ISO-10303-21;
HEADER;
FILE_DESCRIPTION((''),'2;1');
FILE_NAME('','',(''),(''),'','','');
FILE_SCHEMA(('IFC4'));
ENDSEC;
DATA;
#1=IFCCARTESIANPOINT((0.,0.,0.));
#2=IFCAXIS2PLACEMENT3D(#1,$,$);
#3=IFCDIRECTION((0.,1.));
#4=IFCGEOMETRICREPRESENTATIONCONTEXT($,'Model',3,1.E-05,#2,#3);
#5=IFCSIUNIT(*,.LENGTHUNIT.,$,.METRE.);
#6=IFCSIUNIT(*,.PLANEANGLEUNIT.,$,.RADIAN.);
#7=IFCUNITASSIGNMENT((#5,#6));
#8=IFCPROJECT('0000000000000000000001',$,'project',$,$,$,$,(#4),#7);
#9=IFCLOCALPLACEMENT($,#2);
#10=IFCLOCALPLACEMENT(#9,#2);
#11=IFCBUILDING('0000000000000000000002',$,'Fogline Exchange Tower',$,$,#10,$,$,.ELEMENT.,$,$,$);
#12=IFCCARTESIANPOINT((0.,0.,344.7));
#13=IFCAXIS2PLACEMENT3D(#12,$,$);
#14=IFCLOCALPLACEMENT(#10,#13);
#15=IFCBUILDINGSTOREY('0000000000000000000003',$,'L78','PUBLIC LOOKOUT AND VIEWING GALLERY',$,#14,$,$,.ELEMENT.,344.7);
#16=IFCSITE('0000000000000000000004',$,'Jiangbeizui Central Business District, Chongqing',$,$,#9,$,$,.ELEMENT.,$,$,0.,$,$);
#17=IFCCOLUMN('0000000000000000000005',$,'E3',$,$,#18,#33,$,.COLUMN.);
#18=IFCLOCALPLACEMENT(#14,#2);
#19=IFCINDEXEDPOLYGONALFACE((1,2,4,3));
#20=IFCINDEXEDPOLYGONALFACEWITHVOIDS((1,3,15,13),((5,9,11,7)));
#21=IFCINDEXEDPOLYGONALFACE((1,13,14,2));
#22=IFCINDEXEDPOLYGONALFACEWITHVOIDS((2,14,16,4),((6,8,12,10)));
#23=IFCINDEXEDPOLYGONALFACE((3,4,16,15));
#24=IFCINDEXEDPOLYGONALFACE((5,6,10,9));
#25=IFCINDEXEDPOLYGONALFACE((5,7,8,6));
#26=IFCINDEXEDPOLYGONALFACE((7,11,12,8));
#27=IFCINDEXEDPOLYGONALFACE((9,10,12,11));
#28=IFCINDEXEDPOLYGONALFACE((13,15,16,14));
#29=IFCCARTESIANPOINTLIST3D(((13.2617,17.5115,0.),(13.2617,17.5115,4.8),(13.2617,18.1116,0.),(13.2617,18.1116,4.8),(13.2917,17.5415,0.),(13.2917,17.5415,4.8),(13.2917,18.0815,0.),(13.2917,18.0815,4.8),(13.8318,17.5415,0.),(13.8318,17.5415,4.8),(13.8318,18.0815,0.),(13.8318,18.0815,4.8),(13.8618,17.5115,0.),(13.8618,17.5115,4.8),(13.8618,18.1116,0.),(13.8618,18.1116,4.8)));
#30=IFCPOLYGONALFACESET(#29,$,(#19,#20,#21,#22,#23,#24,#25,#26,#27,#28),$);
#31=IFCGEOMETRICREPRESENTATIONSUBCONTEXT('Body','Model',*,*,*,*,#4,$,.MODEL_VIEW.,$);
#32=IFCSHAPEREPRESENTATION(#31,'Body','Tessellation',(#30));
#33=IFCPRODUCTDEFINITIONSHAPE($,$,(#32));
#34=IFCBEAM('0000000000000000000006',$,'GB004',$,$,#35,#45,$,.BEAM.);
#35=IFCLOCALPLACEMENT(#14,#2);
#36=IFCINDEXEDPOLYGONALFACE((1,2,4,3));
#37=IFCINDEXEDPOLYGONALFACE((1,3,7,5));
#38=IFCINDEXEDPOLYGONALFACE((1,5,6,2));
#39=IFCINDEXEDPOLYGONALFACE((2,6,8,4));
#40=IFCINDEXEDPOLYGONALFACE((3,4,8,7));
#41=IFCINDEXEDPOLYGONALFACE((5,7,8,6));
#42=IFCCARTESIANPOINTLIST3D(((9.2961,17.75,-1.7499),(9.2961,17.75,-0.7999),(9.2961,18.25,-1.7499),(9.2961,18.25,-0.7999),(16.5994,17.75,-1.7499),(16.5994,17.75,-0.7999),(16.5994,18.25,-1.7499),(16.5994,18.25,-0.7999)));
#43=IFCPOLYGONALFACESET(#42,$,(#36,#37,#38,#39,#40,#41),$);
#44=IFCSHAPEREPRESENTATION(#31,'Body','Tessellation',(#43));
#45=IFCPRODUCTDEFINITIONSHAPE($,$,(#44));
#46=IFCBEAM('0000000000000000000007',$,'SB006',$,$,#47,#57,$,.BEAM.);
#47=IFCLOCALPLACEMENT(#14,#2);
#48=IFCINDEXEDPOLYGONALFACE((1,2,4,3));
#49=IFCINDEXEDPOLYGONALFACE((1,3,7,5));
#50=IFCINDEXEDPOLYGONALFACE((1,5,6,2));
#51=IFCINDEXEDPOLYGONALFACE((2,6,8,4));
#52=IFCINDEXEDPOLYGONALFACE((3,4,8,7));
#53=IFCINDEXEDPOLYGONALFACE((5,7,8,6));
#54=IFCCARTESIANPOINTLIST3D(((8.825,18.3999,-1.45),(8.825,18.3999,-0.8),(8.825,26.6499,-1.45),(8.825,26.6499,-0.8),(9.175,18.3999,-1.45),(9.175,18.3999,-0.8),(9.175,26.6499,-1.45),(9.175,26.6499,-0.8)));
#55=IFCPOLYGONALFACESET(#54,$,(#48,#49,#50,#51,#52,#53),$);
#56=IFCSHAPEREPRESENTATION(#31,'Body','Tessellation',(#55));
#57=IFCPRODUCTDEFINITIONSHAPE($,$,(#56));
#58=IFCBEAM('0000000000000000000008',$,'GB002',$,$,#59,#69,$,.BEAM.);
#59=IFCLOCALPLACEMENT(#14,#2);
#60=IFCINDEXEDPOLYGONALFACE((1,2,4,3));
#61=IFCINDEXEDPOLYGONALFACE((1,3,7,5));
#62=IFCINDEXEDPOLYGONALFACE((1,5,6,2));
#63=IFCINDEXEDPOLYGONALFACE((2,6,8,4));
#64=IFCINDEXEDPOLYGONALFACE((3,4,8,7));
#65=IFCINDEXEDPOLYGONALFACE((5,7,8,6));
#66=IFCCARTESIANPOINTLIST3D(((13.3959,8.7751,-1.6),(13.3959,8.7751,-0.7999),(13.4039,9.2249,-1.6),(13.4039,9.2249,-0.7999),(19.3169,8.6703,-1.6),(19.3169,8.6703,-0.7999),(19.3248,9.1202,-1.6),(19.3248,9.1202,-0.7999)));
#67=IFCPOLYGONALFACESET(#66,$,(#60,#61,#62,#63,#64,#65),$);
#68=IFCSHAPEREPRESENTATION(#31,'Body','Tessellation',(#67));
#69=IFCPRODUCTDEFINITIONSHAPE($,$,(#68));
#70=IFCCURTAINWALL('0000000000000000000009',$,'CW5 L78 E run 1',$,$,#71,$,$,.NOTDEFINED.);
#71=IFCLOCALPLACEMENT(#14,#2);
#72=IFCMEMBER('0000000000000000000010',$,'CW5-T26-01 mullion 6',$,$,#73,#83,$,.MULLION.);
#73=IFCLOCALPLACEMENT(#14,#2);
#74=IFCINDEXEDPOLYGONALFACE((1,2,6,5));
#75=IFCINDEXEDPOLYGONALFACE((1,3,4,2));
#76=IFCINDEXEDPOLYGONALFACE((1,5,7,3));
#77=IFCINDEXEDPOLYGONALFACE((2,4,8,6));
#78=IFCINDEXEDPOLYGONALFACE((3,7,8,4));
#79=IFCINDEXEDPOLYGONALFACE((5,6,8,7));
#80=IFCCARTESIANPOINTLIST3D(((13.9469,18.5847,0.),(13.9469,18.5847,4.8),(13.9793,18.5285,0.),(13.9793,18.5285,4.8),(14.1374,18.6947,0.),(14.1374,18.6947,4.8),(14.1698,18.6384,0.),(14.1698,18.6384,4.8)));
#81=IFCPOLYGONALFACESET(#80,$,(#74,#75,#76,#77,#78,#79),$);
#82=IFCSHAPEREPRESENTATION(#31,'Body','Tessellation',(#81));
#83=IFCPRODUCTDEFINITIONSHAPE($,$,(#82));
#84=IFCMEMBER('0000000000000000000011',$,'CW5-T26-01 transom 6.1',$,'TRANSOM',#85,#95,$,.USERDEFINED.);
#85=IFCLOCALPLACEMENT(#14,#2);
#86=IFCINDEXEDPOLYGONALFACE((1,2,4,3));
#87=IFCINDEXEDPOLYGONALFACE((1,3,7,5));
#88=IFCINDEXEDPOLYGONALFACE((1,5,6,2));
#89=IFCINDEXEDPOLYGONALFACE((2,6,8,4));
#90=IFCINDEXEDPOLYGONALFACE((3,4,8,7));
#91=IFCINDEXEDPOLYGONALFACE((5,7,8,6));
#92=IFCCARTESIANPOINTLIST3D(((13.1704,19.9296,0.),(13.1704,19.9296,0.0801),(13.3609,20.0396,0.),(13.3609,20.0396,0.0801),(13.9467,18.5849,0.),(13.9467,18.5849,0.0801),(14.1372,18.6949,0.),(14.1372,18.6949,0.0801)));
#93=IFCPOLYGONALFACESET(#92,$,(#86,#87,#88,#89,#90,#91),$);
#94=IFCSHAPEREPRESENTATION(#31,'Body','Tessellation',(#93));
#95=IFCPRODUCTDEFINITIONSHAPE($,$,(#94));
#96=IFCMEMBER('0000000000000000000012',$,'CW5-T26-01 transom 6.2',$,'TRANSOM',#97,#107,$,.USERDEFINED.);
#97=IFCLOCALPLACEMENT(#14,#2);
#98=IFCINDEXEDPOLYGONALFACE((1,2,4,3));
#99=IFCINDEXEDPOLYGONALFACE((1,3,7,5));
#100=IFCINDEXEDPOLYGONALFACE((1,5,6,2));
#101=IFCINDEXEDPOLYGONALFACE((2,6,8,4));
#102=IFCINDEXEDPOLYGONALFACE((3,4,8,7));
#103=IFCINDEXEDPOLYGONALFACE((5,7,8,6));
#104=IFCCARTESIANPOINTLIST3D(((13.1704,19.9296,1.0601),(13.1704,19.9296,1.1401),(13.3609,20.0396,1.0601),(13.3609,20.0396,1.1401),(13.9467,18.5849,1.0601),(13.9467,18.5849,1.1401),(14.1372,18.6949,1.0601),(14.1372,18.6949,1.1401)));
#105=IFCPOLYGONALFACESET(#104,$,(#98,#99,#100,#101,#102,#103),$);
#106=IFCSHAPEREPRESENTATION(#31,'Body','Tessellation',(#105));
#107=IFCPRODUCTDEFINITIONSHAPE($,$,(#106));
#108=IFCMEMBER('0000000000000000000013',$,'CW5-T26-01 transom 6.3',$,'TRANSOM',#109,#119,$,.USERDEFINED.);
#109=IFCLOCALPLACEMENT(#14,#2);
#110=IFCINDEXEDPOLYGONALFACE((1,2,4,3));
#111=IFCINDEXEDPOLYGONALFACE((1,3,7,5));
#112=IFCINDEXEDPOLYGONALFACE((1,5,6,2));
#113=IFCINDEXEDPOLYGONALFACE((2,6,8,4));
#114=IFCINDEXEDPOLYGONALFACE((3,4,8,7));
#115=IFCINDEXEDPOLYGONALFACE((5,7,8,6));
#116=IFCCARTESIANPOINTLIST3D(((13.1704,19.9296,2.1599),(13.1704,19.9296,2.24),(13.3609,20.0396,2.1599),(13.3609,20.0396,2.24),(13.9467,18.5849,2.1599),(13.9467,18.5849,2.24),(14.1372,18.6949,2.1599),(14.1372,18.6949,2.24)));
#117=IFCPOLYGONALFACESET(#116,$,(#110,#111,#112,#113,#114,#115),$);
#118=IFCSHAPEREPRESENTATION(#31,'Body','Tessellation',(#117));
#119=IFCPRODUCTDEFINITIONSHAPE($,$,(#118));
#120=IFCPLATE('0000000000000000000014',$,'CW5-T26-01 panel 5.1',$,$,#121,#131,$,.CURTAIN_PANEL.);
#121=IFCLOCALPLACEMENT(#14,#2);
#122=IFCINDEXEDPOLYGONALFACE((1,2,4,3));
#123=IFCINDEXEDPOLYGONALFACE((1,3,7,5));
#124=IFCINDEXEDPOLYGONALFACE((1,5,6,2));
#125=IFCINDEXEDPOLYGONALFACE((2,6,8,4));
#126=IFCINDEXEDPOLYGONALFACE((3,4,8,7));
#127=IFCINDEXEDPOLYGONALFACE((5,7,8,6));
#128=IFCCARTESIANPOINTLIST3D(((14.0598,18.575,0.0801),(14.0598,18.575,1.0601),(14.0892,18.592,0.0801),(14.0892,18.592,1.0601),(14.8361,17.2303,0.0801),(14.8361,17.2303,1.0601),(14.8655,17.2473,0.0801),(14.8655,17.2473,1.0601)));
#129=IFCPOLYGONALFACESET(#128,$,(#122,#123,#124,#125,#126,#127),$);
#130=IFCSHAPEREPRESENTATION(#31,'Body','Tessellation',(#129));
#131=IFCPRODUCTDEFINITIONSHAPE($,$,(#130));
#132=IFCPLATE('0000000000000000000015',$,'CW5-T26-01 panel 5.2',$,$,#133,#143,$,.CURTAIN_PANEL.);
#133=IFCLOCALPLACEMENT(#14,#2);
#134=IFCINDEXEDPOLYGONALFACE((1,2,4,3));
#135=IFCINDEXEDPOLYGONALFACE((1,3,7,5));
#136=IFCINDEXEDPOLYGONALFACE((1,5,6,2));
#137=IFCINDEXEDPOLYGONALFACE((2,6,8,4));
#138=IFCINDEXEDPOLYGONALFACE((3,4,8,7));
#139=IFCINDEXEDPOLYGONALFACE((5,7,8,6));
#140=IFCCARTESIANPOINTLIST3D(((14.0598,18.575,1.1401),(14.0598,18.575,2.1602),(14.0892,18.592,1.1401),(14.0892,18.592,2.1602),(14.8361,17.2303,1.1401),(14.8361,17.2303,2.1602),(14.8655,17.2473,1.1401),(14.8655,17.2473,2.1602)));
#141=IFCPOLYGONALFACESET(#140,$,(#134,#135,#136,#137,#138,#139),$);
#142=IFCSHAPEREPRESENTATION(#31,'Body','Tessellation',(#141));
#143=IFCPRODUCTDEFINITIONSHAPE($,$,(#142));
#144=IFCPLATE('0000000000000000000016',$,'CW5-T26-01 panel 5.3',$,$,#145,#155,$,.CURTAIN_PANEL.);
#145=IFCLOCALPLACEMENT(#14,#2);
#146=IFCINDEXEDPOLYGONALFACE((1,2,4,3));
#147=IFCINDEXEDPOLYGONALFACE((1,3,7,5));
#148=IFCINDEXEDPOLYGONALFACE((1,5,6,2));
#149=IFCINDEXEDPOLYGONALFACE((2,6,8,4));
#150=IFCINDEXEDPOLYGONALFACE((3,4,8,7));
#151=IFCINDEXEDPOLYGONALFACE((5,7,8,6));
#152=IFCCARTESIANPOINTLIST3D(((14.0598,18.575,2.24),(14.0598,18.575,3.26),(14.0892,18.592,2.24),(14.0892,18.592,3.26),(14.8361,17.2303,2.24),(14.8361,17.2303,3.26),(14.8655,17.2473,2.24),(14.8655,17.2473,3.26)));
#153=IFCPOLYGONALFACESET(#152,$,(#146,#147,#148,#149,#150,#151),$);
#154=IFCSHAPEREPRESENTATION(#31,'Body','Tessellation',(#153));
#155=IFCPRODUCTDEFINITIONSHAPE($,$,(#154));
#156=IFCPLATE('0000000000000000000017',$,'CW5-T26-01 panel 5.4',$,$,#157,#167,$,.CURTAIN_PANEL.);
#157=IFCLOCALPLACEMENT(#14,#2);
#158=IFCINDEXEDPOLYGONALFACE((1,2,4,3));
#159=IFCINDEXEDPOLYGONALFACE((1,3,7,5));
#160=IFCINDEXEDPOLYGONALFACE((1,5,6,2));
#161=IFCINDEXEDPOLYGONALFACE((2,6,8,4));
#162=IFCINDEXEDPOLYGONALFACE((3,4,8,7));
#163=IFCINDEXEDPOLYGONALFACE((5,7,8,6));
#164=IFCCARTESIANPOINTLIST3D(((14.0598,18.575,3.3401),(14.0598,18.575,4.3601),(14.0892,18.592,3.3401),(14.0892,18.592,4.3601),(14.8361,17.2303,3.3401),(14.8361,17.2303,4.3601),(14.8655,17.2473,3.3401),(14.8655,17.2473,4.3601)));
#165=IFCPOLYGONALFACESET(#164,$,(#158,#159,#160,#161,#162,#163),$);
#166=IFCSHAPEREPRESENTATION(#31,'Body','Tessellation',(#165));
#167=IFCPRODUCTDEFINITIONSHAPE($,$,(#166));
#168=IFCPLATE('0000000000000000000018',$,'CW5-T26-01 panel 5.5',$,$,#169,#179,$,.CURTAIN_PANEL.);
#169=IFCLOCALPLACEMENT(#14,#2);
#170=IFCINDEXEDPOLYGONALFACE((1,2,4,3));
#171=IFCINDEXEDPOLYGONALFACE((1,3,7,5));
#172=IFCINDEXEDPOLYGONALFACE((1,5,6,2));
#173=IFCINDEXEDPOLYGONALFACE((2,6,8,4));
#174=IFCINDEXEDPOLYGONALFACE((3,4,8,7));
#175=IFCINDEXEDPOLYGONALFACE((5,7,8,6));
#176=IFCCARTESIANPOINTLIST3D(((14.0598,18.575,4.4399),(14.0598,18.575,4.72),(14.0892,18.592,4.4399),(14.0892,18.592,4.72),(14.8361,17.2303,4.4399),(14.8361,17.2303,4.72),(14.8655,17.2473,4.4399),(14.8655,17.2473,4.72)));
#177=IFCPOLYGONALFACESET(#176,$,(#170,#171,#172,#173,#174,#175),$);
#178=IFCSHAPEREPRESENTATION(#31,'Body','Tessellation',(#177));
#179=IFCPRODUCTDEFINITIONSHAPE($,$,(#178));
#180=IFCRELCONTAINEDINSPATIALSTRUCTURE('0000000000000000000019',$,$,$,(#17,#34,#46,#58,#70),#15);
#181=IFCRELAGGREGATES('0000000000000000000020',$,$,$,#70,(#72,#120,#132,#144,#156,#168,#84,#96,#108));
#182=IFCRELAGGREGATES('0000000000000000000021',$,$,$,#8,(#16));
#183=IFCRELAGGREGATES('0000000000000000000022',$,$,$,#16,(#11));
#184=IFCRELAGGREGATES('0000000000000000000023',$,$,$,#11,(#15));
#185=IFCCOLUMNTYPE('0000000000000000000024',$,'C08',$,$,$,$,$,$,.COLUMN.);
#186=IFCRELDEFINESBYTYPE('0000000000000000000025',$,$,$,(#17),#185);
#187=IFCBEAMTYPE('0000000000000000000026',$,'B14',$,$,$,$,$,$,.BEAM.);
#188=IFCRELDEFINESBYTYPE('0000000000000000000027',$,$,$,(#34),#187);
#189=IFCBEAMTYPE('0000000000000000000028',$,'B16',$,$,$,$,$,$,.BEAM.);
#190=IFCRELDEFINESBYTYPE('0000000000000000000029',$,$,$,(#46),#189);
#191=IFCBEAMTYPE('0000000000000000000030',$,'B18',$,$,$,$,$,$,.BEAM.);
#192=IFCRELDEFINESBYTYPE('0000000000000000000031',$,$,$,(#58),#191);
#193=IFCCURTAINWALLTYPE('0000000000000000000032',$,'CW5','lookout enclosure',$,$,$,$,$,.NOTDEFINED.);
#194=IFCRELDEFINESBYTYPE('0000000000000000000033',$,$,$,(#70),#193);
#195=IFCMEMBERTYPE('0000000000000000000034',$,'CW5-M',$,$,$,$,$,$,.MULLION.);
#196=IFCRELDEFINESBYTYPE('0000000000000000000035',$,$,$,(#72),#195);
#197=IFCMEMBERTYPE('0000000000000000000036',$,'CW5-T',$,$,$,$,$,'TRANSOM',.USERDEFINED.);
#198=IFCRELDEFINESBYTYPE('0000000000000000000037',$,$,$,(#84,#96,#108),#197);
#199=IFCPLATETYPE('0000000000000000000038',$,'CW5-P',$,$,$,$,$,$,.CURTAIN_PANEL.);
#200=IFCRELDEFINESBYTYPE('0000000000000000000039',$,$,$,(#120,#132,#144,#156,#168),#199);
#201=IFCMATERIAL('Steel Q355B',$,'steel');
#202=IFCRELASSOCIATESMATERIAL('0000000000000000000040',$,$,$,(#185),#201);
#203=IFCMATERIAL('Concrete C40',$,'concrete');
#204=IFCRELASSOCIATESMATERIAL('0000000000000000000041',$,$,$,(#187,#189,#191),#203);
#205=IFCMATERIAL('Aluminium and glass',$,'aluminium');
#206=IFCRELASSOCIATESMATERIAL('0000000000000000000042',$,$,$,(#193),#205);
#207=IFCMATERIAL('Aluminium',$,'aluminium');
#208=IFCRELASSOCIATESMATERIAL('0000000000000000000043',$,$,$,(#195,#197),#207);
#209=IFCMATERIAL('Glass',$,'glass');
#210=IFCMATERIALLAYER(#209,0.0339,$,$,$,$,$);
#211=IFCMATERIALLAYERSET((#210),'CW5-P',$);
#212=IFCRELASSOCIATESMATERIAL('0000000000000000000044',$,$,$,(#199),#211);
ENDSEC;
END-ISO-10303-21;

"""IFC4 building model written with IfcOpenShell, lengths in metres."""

from ifc_helpers import new_model, si_unit, direction, frame, origin, origin_2d, place, context, subcontext, project, spatial, rectangle, hollow_rectangle, extrude, material, layer, layer_set, material_profile, profile_set, type_object, element, aggregate, save


model = new_model("IFC4")

# Units and contexts
model_context = context("Model", 3, precision=1e-05, world=origin(), true_north=direction((0.0, 1.0)))
body_context = subcontext(model_context, "Body", "Model", "MODEL_VIEW")
ifc_project = project(units=[si_unit("LENGTHUNIT", "METRE"), si_unit("PLANEANGLEUNIT", "RADIAN")], contexts=[model_context])

# Site, building, storey
site_placement = place(None, origin())
site = spatial("IfcSite", under=ifc_project, at=site_placement, Name="Jiangbeizui Central Business District, Chongqing", CompositionType="ELEMENT", RefElevation=0.0)
building_placement = place(site_placement, origin())
building = spatial("IfcBuilding", under=site, at=building_placement, Name="Fogline Exchange Tower", CompositionType="ELEMENT")
storey_placement = place(building_placement, frame((0.0, 0.0, 344.7)))
storey = spatial("IfcBuildingStorey", under=building, at=storey_placement, Name="L78", Description="PUBLIC LOOKOUT AND VIEWING GALLERY", CompositionType="ELEMENT", Elevation=344.7)

# Column
ifc_material_1 = material(Name="Steel Q355B", Category="steel")
ifc_material_profile_1 = material_profile(ifc_material_1, hollow_rectangle(XDim=0.6001, YDim=0.6001, WallThickness=0.03, at=origin_2d()), Name="BOX600X600X30")
ifc_profile_set_1 = profile_set([ifc_material_profile_1], Name="Steel Q355B")
column_type = type_object("IfcColumnType", Name="C08", PredefinedType="COLUMN", material=ifc_profile_set_1)
column_placement = place(storey_placement, frame((13.5618, 17.8115, 0.0), z_axis=(0.0, 0.0, 1.0), x_axis=(1.0, 0.0, 0.0)))
element("IfcColumn", 1, at=column_placement, inside=storey, type_object=column_type, Name="E3", PredefinedType="COLUMN", context=body_context, shape_type="SweptSolid", body=[
    extrude(hollow_rectangle(XDim=0.6001, YDim=0.6001, WallThickness=0.03, at=origin_2d()), origin(), (0.0, 0.0, 1.0), 4.8),
])

# Beams
ifc_material_2 = material(Name="Concrete C40", Category="concrete")
ifc_material_profile_2 = material_profile(ifc_material_2, rectangle(XDim=0.5, YDim=0.95, at=origin_2d()), Name="RC 500x950")
ifc_profile_set_2 = profile_set([ifc_material_profile_2], Name="Concrete C40")
beam_type_1 = type_object("IfcBeamType", Name="B14", PredefinedType="BEAM", material=ifc_profile_set_2)
beam_1_placement = place(storey_placement, frame((9.2961, 18.0, -1.2749), z_axis=(1.0, 0.0, 0.0), x_axis=(0.0, 1.0, 0.0)))
element("IfcBeam", 2, at=beam_1_placement, inside=storey, type_object=beam_type_1, Name="GB004", PredefinedType="BEAM", context=body_context, shape_type="SweptSolid", body=[
    extrude(rectangle(XDim=0.5, YDim=0.95, at=origin_2d()), origin(), (0.0, 0.0, 1.0), 7.3032),
])
ifc_material_profile_3 = material_profile(ifc_material_2, rectangle(XDim=0.3501, YDim=0.6499, at=origin_2d()), Name="RC 350x650")
ifc_profile_set_3 = profile_set([ifc_material_profile_3], Name="Concrete C40")
beam_type_2 = type_object("IfcBeamType", Name="B16", PredefinedType="BEAM", material=ifc_profile_set_3)
beam_2_placement = place(storey_placement, frame((9.0, 18.3999, -1.125), z_axis=(0.0, 1.0, 0.0), x_axis=(-1.0, 0.0, 0.0)))
element("IfcBeam", 3, at=beam_2_placement, inside=storey, type_object=beam_type_2, Name="SB006", PredefinedType="BEAM", context=body_context, shape_type="SweptSolid", body=[
    extrude(rectangle(XDim=0.3501, YDim=0.6499, at=origin_2d()), origin(), (0.0, 0.0, 1.0), 8.25),
])
ifc_material_profile_4 = material_profile(ifc_material_2, rectangle(XDim=0.45, YDim=0.8, at=origin_2d()), Name="RC 450x800")
ifc_profile_set_4 = profile_set([ifc_material_profile_4], Name="Concrete C40")
beam_type_3 = type_object("IfcBeamType", Name="B18", PredefinedType="BEAM", material=ifc_profile_set_4)
beam_3_placement = place(storey_placement, frame((13.3999, 9.0, -1.2), z_axis=(0.999844, -0.017686, 0.0), x_axis=(0.017686, 0.999844, 0.0)))
element("IfcBeam", 4, at=beam_3_placement, inside=storey, type_object=beam_type_3, Name="GB002", PredefinedType="BEAM", context=body_context, shape_type="SweptSolid", body=[
    extrude(rectangle(XDim=0.45, YDim=0.8, at=origin_2d()), origin(), (0.0, 0.0, 1.0), 5.9219),
])

# Curtain wall, members, plates
ifc_material_3 = material(Name="Aluminium and glass", Category="aluminium")
curtain_wall_type = type_object("IfcCurtainWallType", Name="CW5", Description="lookout enclosure", PredefinedType="NOTDEFINED", material=ifc_material_3)
curtain_wall_placement = place(storey_placement, origin())
curtain_wall = element("IfcCurtainWall", 5, at=curtain_wall_placement, inside=storey, type_object=curtain_wall_type, Name="CW5 L78 E run 1", PredefinedType="NOTDEFINED")
ifc_material_4 = material(Name="Aluminium", Category="aluminium")
ifc_material_profile_5 = material_profile(ifc_material_4, rectangle(XDim=0.22, YDim=0.0649, at=origin_2d()), Name="Mullion 65x220")
ifc_profile_set_5 = profile_set([ifc_material_profile_5], Name="Aluminium")
member_type_1 = type_object("IfcMemberType", Name="CW5-M", PredefinedType="MULLION", material=ifc_profile_set_5)
member_1_placement = place(storey_placement, frame((14.0583, 18.6116, 0.0), z_axis=(0.0, 0.0, 1.0), x_axis=(-0.866025, -0.5, 0.0)))
member_1 = element("IfcMember", 6, at=member_1_placement, type_object=member_type_1, Name="CW5-T26-01 mullion 6", PredefinedType="MULLION", context=body_context, shape_type="SweptSolid", body=[
    extrude(rectangle(XDim=0.22, YDim=0.0649, at=origin_2d()), origin(), (0.0, 0.0, 1.0), 4.8),
])
ifc_material_profile_6 = material_profile(ifc_material_4, rectangle(XDim=0.22, YDim=0.0801, at=origin_2d()), Name="Transom 80x220")
ifc_profile_set_6 = profile_set([ifc_material_profile_6], Name="Aluminium")
member_type_2 = type_object("IfcMemberType", Name="CW5-T", ElementType="TRANSOM", PredefinedType="USERDEFINED", material=ifc_profile_set_6)
member_2_placement = place(storey_placement, frame((14.042, 18.6399, 0.04), z_axis=(-0.499995, 0.866028, 0.0), x_axis=(-0.866028, -0.499995, 0.0)))
member_2 = element("IfcMember", 7, at=member_2_placement, type_object=member_type_2, Name="CW5-T26-01 transom 6.1", ObjectType="TRANSOM", PredefinedType="USERDEFINED", context=body_context, shape_type="SweptSolid", body=[
    extrude(rectangle(XDim=0.22, YDim=0.0801, at=origin_2d()), origin(), (0.0, 0.0, 1.0), 1.5527),
])
member_3_placement = place(storey_placement, frame((14.042, 18.6399, 1.1001), z_axis=(-0.499995, 0.866028, 0.0), x_axis=(-0.866028, -0.499995, 0.0)))
member_3 = element("IfcMember", 8, at=member_3_placement, type_object=member_type_2, Name="CW5-T26-01 transom 6.2", ObjectType="TRANSOM", PredefinedType="USERDEFINED", context=body_context, shape_type="SweptSolid", body=[
    extrude(rectangle(XDim=0.22, YDim=0.0801, at=origin_2d()), origin(), (0.0, 0.0, 1.0), 1.5527),
])
member_4_placement = place(storey_placement, frame((14.042, 18.6399, 2.2), z_axis=(-0.499995, 0.866028, 0.0), x_axis=(-0.866028, -0.499995, 0.0)))
member_4 = element("IfcMember", 9, at=member_4_placement, type_object=member_type_2, Name="CW5-T26-01 transom 6.3", ObjectType="TRANSOM", PredefinedType="USERDEFINED", context=body_context, shape_type="SweptSolid", body=[
    extrude(rectangle(XDim=0.22, YDim=0.0801, at=origin_2d()), origin(), (0.0, 0.0, 1.0), 1.5527),
])
ifc_material_5 = material(Name="Glass", Category="glass")
ifc_layer_1 = layer(ifc_material_5, 0.0339)
ifc_layer_set_1 = layer_set([ifc_layer_1], Name="CW5-P")
plate_type = type_object("IfcPlateType", Name="CW5-P", PredefinedType="CURTAIN_PANEL", material=ifc_layer_set_1)
plate_1_placement = place(storey_placement, frame((14.4626, 17.9111, 0.0801), z_axis=(0.0, 0.0, 1.0), x_axis=(-0.5, 0.866025, 0.0)))
plate_1 = element("IfcPlate", 10, at=plate_1_placement, type_object=plate_type, Name="CW5-T26-01 panel 5.1", PredefinedType="CURTAIN_PANEL", context=body_context, shape_type="SweptSolid", body=[
    extrude(rectangle(XDim=1.5527, YDim=0.0339, at=origin_2d()), origin(), (0.0, 0.0, 1.0), 0.98),
])
plate_2_placement = place(storey_placement, frame((14.4626, 17.9111, 1.1401), z_axis=(0.0, 0.0, 1.0), x_axis=(-0.5, 0.866025, 0.0)))
plate_2 = element("IfcPlate", 11, at=plate_2_placement, type_object=plate_type, Name="CW5-T26-01 panel 5.2", PredefinedType="CURTAIN_PANEL", context=body_context, shape_type="SweptSolid", body=[
    extrude(rectangle(XDim=1.5527, YDim=0.0339, at=origin_2d()), origin(), (0.0, 0.0, 1.0), 1.02),
])
plate_3_placement = place(storey_placement, frame((14.4626, 17.9111, 2.24), z_axis=(0.0, 0.0, 1.0), x_axis=(-0.5, 0.866025, 0.0)))
plate_3 = element("IfcPlate", 12, at=plate_3_placement, type_object=plate_type, Name="CW5-T26-01 panel 5.3", PredefinedType="CURTAIN_PANEL", context=body_context, shape_type="SweptSolid", body=[
    extrude(rectangle(XDim=1.5527, YDim=0.0339, at=origin_2d()), origin(), (0.0, 0.0, 1.0), 1.02),
])
plate_4_placement = place(storey_placement, frame((14.4626, 17.9111, 3.3401), z_axis=(0.0, 0.0, 1.0), x_axis=(-0.5, 0.866025, 0.0)))
plate_4 = element("IfcPlate", 13, at=plate_4_placement, type_object=plate_type, Name="CW5-T26-01 panel 5.4", PredefinedType="CURTAIN_PANEL", context=body_context, shape_type="SweptSolid", body=[
    extrude(rectangle(XDim=1.5527, YDim=0.0339, at=origin_2d()), origin(), (0.0, 0.0, 1.0), 1.02),
])
plate_5_placement = place(storey_placement, frame((14.4626, 17.9111, 4.4399), z_axis=(0.0, 0.0, 1.0), x_axis=(-0.5, 0.866025, 0.0)))
plate_5 = element("IfcPlate", 14, at=plate_5_placement, type_object=plate_type, Name="CW5-T26-01 panel 5.5", PredefinedType="CURTAIN_PANEL", context=body_context, shape_type="SweptSolid", body=[
    extrude(rectangle(XDim=1.5527, YDim=0.0339, at=origin_2d()), origin(), (0.0, 0.0, 1.0), 0.28),
])
aggregate(curtain_wall, [member_1, plate_1, plate_2, plate_3, plate_4, plate_5, member_2, member_3, member_4])

save(model, "model.ifc")
